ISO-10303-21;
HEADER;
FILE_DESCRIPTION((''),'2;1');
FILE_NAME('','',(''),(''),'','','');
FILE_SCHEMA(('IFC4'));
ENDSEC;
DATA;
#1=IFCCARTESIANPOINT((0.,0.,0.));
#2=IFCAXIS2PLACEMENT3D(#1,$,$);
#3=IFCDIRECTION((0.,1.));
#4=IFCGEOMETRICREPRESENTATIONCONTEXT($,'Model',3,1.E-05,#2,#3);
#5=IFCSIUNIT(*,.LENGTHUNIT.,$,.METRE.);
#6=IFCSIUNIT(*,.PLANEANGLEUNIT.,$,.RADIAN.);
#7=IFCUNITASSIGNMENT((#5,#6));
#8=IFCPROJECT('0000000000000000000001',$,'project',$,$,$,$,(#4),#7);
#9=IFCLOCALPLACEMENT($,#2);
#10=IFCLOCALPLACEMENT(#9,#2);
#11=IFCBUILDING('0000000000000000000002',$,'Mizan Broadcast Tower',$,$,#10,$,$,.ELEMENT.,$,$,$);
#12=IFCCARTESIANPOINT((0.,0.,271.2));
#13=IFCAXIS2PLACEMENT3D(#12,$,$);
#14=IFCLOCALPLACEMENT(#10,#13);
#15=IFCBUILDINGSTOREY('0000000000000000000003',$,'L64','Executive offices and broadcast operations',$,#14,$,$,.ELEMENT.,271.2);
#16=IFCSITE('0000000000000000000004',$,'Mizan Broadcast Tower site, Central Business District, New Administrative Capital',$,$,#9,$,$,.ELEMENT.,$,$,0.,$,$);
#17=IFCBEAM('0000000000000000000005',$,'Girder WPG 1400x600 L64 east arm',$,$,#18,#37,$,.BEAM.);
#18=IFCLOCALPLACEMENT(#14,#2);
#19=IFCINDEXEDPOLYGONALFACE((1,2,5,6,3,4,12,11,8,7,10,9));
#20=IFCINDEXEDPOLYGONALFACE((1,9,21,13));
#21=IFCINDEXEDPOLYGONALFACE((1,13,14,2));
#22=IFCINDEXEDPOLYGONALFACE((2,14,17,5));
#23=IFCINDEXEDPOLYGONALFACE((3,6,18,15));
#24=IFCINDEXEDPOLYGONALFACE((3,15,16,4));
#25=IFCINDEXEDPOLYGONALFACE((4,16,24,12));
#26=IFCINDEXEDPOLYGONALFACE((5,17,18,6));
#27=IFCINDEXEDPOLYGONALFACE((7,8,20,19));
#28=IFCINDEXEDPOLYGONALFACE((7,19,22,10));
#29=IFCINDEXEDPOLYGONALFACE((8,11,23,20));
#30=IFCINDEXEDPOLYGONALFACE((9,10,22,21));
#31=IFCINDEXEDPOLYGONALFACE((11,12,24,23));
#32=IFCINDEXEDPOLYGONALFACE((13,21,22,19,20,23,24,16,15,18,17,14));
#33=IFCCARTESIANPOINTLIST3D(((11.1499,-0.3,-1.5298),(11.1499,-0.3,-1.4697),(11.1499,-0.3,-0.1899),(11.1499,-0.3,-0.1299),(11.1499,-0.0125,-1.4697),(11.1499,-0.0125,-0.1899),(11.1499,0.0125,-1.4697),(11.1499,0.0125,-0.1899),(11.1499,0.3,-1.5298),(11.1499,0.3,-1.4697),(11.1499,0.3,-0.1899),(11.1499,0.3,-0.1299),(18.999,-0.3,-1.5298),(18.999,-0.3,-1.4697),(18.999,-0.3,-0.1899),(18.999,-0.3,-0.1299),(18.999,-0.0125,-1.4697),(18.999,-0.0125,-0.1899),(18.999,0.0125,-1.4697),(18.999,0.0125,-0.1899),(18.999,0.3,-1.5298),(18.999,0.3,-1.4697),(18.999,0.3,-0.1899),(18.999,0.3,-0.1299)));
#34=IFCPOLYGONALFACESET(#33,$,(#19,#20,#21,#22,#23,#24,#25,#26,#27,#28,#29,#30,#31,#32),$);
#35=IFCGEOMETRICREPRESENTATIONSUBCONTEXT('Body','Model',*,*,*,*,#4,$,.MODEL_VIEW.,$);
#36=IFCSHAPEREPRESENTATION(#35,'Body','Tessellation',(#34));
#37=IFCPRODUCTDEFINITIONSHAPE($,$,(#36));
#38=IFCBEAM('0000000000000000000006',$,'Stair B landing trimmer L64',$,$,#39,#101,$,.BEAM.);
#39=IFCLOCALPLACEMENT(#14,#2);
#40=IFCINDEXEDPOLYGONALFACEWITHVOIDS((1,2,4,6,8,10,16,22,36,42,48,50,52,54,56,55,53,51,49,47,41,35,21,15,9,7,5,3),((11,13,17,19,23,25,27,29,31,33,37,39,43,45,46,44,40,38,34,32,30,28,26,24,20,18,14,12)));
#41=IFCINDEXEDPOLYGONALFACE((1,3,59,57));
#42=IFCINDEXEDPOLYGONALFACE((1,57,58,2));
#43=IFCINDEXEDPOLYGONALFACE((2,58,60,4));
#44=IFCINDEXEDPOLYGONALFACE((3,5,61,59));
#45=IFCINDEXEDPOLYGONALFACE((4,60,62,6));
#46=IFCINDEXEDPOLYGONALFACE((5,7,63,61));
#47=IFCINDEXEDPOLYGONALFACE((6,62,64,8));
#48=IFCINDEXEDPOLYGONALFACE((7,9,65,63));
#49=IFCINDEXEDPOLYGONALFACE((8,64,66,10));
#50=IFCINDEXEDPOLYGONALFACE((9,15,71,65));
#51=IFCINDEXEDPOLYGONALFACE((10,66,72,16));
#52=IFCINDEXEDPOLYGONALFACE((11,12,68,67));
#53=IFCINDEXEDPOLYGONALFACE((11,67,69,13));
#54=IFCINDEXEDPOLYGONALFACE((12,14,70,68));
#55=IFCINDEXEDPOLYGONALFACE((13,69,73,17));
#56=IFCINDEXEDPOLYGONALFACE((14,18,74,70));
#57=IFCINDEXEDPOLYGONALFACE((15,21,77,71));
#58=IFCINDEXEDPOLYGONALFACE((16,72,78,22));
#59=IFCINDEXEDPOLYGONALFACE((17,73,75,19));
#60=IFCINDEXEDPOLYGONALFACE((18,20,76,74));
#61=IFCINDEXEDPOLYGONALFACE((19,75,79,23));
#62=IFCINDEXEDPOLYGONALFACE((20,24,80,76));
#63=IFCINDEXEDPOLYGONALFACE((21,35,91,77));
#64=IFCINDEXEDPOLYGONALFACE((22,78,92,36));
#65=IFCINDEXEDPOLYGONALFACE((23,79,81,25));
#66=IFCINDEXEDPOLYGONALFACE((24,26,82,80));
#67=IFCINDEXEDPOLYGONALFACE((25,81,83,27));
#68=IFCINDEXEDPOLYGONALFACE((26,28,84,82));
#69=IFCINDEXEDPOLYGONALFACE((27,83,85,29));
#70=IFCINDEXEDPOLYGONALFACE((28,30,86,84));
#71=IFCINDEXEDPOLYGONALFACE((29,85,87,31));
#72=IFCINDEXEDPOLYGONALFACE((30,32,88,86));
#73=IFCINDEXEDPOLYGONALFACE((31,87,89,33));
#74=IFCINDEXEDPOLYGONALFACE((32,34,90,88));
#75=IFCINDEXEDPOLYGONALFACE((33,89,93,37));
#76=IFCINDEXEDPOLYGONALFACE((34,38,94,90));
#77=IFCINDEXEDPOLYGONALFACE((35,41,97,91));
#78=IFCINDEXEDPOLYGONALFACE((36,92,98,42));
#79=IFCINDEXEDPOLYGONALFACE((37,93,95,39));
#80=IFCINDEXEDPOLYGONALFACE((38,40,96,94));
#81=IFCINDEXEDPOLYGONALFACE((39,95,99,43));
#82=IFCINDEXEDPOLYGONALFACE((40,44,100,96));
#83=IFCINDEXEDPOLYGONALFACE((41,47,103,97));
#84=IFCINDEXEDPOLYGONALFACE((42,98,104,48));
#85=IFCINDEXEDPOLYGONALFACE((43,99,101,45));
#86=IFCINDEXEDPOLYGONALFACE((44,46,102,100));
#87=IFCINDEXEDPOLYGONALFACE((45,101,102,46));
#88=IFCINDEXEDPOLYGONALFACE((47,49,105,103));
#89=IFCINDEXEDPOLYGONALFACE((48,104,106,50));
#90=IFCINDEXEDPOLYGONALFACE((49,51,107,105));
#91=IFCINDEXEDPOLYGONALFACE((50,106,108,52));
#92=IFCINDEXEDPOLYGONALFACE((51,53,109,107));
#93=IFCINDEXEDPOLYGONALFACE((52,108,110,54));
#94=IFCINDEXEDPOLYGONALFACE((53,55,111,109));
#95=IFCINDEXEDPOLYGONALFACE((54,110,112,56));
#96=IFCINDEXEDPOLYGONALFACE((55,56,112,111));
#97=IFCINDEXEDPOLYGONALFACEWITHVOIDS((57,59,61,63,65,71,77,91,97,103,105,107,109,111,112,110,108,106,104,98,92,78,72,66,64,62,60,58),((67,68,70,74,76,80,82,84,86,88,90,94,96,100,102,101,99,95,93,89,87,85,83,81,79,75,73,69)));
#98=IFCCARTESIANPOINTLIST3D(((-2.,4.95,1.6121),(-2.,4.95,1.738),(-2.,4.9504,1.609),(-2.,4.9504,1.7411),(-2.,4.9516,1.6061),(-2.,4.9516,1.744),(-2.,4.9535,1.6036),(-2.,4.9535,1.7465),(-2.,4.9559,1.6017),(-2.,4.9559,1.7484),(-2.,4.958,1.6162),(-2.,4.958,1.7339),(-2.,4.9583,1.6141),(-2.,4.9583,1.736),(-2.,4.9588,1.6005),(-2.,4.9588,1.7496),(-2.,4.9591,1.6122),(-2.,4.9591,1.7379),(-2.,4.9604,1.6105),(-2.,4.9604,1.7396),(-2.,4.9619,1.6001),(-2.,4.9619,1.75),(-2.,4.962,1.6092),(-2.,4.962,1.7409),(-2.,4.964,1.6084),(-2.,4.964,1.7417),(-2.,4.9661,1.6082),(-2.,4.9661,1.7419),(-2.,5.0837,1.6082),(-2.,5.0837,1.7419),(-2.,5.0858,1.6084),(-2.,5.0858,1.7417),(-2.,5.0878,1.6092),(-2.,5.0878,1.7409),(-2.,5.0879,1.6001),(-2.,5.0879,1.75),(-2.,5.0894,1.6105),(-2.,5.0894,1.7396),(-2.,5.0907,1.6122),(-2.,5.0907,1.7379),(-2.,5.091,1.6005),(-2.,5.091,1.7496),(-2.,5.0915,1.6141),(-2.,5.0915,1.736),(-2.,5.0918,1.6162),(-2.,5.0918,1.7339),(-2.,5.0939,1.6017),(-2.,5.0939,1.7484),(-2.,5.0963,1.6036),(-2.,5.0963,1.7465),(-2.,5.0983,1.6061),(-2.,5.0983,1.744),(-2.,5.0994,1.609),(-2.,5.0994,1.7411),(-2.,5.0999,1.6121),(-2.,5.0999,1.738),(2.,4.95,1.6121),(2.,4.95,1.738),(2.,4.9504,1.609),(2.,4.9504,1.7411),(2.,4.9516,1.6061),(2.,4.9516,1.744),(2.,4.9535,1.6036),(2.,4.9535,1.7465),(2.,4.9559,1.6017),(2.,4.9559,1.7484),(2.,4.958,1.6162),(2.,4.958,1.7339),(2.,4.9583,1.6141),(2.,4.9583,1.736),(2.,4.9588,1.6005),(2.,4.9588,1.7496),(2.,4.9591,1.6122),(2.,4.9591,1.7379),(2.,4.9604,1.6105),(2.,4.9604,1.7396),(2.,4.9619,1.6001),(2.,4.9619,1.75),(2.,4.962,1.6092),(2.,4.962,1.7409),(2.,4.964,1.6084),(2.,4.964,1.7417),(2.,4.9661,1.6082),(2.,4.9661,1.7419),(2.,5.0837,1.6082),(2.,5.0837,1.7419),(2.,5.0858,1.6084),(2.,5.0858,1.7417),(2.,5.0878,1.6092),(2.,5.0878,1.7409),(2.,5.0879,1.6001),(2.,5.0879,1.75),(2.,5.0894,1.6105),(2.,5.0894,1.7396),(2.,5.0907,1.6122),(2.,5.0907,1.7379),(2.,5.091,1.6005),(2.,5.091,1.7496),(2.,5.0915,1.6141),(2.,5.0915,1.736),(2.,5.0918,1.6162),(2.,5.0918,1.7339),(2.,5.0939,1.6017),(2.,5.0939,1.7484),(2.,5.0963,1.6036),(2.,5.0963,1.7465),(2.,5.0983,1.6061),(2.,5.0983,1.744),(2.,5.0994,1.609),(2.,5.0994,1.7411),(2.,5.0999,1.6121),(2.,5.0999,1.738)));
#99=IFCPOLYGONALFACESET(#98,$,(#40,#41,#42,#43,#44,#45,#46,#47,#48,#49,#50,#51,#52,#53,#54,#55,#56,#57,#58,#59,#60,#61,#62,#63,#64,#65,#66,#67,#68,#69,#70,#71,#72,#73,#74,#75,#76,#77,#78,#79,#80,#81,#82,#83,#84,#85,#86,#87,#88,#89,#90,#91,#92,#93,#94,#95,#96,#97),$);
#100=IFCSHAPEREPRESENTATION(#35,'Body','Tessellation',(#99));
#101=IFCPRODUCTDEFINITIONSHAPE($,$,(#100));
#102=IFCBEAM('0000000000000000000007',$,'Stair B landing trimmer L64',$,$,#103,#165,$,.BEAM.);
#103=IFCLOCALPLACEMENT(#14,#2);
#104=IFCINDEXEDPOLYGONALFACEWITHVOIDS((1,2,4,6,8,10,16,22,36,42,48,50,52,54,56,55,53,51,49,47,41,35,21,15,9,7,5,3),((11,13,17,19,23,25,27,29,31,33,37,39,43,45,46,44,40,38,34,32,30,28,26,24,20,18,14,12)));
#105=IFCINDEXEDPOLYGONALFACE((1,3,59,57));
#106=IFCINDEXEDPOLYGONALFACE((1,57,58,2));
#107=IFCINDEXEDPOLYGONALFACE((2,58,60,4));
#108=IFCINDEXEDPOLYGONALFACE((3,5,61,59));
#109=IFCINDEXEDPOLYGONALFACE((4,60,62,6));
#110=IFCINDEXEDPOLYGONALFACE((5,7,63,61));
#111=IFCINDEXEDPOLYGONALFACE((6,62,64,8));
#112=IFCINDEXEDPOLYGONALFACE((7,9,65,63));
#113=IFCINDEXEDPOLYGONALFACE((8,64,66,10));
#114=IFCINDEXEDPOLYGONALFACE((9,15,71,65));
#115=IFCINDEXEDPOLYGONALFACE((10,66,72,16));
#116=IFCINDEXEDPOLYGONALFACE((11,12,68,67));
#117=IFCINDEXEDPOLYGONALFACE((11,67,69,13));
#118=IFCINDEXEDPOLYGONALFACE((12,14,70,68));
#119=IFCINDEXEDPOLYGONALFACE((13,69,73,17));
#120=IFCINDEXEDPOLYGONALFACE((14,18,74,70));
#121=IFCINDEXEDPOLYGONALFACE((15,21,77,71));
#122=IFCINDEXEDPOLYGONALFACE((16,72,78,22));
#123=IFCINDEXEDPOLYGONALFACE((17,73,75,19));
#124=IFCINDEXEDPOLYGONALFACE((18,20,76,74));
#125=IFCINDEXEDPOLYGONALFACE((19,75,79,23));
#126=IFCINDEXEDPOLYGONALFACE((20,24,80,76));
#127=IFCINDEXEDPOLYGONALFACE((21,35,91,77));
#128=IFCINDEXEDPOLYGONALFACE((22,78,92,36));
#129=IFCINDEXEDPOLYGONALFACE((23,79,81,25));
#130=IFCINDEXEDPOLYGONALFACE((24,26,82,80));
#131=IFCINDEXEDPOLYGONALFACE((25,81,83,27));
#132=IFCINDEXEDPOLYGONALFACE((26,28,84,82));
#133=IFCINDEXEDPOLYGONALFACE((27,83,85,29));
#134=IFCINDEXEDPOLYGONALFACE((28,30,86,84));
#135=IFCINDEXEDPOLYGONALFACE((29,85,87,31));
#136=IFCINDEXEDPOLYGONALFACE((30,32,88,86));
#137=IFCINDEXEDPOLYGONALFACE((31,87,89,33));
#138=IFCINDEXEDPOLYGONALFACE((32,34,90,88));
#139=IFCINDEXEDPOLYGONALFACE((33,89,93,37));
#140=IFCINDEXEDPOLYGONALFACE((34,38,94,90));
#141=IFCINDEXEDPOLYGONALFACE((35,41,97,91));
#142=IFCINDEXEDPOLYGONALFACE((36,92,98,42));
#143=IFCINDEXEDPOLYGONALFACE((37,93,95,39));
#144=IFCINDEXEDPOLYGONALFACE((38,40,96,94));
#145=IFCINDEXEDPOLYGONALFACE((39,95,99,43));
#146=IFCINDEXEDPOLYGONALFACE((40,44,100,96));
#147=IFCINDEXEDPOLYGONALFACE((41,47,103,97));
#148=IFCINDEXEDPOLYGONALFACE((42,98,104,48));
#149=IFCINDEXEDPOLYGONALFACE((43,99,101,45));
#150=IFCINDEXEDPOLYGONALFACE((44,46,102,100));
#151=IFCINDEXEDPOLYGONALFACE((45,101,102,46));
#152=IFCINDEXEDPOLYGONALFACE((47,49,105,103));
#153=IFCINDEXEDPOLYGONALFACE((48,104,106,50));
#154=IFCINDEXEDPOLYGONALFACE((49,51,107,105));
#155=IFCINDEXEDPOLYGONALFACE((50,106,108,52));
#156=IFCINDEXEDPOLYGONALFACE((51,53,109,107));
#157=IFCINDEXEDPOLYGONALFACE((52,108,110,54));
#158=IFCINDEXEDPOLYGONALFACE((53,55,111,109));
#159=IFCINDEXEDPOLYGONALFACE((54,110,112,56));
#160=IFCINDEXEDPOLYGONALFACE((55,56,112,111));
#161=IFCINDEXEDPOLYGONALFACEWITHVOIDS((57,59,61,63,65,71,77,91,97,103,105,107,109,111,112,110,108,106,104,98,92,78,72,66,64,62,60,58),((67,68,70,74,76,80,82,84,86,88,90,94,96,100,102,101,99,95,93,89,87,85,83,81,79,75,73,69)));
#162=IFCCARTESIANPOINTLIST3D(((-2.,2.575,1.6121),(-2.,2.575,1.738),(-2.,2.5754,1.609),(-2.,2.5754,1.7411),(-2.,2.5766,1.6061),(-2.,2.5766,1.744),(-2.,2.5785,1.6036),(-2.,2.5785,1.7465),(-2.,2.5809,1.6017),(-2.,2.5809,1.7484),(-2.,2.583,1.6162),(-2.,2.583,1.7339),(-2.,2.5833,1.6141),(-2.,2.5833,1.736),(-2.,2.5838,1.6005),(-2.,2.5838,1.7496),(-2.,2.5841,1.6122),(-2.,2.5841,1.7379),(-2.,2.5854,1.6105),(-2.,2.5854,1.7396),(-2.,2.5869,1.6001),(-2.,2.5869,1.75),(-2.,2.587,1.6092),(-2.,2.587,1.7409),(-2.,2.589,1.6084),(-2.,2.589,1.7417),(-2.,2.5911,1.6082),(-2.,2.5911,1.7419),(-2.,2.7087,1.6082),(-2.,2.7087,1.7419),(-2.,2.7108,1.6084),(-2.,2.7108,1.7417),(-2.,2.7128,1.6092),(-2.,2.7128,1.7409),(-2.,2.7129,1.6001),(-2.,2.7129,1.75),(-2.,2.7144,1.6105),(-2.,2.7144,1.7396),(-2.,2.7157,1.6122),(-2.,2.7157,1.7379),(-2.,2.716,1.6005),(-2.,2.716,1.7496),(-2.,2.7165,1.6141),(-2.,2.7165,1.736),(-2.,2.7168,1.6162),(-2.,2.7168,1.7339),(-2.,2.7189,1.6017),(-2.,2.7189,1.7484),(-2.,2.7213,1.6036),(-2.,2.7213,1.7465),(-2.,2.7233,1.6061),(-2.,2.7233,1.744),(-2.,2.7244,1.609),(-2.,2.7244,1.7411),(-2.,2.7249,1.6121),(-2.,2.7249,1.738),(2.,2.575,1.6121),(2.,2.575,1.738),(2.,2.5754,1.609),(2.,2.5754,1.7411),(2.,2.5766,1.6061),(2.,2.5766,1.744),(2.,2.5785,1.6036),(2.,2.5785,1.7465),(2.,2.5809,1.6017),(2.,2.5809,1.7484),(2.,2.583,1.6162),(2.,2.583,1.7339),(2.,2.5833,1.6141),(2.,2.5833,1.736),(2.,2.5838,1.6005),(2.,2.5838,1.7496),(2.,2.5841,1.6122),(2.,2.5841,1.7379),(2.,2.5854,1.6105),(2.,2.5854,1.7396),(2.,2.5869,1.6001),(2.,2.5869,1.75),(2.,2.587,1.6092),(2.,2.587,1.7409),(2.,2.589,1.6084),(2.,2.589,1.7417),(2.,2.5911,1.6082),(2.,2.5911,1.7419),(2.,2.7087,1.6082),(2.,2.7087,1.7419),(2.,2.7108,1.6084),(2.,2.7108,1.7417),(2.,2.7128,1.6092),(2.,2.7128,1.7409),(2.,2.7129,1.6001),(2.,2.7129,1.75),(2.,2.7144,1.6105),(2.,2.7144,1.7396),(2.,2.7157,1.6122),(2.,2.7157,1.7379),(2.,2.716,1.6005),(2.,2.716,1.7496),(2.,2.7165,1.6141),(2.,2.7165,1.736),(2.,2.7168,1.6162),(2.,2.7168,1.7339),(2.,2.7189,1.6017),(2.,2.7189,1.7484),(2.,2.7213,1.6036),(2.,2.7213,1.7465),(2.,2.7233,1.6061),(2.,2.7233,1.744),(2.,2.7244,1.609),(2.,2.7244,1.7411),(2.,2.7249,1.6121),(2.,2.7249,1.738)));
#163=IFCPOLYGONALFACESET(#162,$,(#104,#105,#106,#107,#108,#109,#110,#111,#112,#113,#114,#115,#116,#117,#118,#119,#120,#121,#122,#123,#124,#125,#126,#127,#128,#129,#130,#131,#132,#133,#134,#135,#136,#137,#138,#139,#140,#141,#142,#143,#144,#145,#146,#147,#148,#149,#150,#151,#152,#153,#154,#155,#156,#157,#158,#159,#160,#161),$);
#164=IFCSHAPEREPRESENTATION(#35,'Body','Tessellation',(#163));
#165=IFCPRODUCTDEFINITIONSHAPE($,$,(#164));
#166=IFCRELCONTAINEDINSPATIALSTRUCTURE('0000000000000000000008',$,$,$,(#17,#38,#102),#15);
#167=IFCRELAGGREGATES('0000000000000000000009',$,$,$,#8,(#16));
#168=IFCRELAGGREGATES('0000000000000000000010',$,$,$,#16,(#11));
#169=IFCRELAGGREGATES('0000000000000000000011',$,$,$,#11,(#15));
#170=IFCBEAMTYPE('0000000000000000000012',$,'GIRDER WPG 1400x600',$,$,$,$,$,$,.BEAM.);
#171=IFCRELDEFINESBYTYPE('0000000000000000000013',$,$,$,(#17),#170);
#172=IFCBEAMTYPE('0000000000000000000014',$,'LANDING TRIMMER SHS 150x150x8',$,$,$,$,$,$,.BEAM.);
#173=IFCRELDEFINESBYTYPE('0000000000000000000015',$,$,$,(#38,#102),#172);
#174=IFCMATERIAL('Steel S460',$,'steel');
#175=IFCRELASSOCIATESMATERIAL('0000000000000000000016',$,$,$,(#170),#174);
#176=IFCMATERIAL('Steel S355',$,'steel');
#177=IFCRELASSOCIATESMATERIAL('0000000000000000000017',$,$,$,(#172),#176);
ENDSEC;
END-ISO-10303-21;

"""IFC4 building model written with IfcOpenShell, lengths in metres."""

from ifc_helpers import new_model, si_unit, direction, frame, origin, origin_2d, place, context, subcontext, project, spatial, hollow_rectangle, i_section, extrude, material, material_profile, profile_set, type_object, element, save


model = new_model("IFC4")

# Units and contexts
model_context = context("Model", 3, precision=1e-05, world=origin(), true_north=direction((0.0, 1.0)))
body_context = subcontext(model_context, "Body", "Model", "MODEL_VIEW")
ifc_project = project(units=[si_unit("LENGTHUNIT", "METRE"), si_unit("PLANEANGLEUNIT", "RADIAN")], contexts=[model_context])

# Site, building, storey
site_placement = place(None, origin())
site = spatial("IfcSite", under=ifc_project, at=site_placement, Name="Mizan Broadcast Tower site, Central Business District, New Administrative Capital", CompositionType="ELEMENT", RefElevation=0.0)
building_placement = place(site_placement, origin())
building = spatial("IfcBuilding", under=site, at=building_placement, Name="Mizan Broadcast Tower", CompositionType="ELEMENT")
storey_placement = place(building_placement, frame((0.0, 0.0, 271.2)))
storey = spatial("IfcBuildingStorey", under=building, at=storey_placement, Name="L64", Description="Executive offices and broadcast operations", CompositionType="ELEMENT", Elevation=271.2)

# Beams
ifc_material_1 = material(Name="Steel S460", Category="steel")
ifc_material_profile_1 = material_profile(ifc_material_1, i_section(OverallWidth=0.6001, OverallDepth=1.3999, WebThickness=0.0249, FlangeThickness=0.0601, at=origin_2d()), Name="WPG 1400x600")
ifc_profile_set_1 = profile_set([ifc_material_profile_1], Name="Steel S460")
beam_type_1 = type_object("IfcBeamType", Name="GIRDER WPG 1400x600", PredefinedType="BEAM", material=ifc_profile_set_1)
beam_placement = place(storey_placement, frame((11.1499, 0.0, -0.8298), z_axis=(1.0, 0.0, 0.0), x_axis=(0.0, 1.0, 0.0)))
element("IfcBeam", 1, at=beam_placement, inside=storey, type_object=beam_type_1, Name="Girder WPG 1400x600 L64 east arm", PredefinedType="BEAM", context=body_context, shape_type="SweptSolid", body=[
    extrude(i_section(OverallWidth=0.6001, OverallDepth=1.3999, WebThickness=0.0249, FlangeThickness=0.0601, at=origin_2d()), origin(), (0.0, 0.0, 1.0), 7.8491),
])
ifc_material_2 = material(Name="Steel S355", Category="steel")
ifc_material_profile_2 = material_profile(ifc_material_2, hollow_rectangle(XDim=0.1499, YDim=0.1499, WallThickness=0.0081, InnerFilletRadius=0.0081, OuterFilletRadius=0.012, at=origin_2d()), Name="SHS 150x150x8")
ifc_profile_set_2 = profile_set([ifc_material_profile_2], Name="Steel S355")
beam_type_2 = type_object("IfcBeamType", Name="LANDING TRIMMER SHS 150x150x8", PredefinedType="BEAM", material=ifc_profile_set_2)
for number, where, z_axis, x_axis, name in (
    (2, (2.0, 5.0249, 1.675), (-1.0, 0.0, 0.0), (0.0, -1.0, 0.0), "Stair B landing trimmer L64"),
    (3, (2.0, 2.6499, 1.675), (-1.0, 0.0, 0.0), (0.0, -1.0, 0.0), "Stair B landing trimmer L64"),
):
    element("IfcBeam", number, at=place(storey_placement, frame(where, z_axis=z_axis, x_axis=x_axis)), inside=storey, type_object=beam_type_2, Name=name, PredefinedType="BEAM", context=body_context, shape_type="SweptSolid", body=[
        extrude(hollow_rectangle(XDim=0.1499, YDim=0.1499, WallThickness=0.0081, InnerFilletRadius=0.0081, OuterFilletRadius=0.012, at=origin_2d()), origin(), (0.0, 0.0, 1.0), 4.0),
    ])

save(model, "model.ifc")
